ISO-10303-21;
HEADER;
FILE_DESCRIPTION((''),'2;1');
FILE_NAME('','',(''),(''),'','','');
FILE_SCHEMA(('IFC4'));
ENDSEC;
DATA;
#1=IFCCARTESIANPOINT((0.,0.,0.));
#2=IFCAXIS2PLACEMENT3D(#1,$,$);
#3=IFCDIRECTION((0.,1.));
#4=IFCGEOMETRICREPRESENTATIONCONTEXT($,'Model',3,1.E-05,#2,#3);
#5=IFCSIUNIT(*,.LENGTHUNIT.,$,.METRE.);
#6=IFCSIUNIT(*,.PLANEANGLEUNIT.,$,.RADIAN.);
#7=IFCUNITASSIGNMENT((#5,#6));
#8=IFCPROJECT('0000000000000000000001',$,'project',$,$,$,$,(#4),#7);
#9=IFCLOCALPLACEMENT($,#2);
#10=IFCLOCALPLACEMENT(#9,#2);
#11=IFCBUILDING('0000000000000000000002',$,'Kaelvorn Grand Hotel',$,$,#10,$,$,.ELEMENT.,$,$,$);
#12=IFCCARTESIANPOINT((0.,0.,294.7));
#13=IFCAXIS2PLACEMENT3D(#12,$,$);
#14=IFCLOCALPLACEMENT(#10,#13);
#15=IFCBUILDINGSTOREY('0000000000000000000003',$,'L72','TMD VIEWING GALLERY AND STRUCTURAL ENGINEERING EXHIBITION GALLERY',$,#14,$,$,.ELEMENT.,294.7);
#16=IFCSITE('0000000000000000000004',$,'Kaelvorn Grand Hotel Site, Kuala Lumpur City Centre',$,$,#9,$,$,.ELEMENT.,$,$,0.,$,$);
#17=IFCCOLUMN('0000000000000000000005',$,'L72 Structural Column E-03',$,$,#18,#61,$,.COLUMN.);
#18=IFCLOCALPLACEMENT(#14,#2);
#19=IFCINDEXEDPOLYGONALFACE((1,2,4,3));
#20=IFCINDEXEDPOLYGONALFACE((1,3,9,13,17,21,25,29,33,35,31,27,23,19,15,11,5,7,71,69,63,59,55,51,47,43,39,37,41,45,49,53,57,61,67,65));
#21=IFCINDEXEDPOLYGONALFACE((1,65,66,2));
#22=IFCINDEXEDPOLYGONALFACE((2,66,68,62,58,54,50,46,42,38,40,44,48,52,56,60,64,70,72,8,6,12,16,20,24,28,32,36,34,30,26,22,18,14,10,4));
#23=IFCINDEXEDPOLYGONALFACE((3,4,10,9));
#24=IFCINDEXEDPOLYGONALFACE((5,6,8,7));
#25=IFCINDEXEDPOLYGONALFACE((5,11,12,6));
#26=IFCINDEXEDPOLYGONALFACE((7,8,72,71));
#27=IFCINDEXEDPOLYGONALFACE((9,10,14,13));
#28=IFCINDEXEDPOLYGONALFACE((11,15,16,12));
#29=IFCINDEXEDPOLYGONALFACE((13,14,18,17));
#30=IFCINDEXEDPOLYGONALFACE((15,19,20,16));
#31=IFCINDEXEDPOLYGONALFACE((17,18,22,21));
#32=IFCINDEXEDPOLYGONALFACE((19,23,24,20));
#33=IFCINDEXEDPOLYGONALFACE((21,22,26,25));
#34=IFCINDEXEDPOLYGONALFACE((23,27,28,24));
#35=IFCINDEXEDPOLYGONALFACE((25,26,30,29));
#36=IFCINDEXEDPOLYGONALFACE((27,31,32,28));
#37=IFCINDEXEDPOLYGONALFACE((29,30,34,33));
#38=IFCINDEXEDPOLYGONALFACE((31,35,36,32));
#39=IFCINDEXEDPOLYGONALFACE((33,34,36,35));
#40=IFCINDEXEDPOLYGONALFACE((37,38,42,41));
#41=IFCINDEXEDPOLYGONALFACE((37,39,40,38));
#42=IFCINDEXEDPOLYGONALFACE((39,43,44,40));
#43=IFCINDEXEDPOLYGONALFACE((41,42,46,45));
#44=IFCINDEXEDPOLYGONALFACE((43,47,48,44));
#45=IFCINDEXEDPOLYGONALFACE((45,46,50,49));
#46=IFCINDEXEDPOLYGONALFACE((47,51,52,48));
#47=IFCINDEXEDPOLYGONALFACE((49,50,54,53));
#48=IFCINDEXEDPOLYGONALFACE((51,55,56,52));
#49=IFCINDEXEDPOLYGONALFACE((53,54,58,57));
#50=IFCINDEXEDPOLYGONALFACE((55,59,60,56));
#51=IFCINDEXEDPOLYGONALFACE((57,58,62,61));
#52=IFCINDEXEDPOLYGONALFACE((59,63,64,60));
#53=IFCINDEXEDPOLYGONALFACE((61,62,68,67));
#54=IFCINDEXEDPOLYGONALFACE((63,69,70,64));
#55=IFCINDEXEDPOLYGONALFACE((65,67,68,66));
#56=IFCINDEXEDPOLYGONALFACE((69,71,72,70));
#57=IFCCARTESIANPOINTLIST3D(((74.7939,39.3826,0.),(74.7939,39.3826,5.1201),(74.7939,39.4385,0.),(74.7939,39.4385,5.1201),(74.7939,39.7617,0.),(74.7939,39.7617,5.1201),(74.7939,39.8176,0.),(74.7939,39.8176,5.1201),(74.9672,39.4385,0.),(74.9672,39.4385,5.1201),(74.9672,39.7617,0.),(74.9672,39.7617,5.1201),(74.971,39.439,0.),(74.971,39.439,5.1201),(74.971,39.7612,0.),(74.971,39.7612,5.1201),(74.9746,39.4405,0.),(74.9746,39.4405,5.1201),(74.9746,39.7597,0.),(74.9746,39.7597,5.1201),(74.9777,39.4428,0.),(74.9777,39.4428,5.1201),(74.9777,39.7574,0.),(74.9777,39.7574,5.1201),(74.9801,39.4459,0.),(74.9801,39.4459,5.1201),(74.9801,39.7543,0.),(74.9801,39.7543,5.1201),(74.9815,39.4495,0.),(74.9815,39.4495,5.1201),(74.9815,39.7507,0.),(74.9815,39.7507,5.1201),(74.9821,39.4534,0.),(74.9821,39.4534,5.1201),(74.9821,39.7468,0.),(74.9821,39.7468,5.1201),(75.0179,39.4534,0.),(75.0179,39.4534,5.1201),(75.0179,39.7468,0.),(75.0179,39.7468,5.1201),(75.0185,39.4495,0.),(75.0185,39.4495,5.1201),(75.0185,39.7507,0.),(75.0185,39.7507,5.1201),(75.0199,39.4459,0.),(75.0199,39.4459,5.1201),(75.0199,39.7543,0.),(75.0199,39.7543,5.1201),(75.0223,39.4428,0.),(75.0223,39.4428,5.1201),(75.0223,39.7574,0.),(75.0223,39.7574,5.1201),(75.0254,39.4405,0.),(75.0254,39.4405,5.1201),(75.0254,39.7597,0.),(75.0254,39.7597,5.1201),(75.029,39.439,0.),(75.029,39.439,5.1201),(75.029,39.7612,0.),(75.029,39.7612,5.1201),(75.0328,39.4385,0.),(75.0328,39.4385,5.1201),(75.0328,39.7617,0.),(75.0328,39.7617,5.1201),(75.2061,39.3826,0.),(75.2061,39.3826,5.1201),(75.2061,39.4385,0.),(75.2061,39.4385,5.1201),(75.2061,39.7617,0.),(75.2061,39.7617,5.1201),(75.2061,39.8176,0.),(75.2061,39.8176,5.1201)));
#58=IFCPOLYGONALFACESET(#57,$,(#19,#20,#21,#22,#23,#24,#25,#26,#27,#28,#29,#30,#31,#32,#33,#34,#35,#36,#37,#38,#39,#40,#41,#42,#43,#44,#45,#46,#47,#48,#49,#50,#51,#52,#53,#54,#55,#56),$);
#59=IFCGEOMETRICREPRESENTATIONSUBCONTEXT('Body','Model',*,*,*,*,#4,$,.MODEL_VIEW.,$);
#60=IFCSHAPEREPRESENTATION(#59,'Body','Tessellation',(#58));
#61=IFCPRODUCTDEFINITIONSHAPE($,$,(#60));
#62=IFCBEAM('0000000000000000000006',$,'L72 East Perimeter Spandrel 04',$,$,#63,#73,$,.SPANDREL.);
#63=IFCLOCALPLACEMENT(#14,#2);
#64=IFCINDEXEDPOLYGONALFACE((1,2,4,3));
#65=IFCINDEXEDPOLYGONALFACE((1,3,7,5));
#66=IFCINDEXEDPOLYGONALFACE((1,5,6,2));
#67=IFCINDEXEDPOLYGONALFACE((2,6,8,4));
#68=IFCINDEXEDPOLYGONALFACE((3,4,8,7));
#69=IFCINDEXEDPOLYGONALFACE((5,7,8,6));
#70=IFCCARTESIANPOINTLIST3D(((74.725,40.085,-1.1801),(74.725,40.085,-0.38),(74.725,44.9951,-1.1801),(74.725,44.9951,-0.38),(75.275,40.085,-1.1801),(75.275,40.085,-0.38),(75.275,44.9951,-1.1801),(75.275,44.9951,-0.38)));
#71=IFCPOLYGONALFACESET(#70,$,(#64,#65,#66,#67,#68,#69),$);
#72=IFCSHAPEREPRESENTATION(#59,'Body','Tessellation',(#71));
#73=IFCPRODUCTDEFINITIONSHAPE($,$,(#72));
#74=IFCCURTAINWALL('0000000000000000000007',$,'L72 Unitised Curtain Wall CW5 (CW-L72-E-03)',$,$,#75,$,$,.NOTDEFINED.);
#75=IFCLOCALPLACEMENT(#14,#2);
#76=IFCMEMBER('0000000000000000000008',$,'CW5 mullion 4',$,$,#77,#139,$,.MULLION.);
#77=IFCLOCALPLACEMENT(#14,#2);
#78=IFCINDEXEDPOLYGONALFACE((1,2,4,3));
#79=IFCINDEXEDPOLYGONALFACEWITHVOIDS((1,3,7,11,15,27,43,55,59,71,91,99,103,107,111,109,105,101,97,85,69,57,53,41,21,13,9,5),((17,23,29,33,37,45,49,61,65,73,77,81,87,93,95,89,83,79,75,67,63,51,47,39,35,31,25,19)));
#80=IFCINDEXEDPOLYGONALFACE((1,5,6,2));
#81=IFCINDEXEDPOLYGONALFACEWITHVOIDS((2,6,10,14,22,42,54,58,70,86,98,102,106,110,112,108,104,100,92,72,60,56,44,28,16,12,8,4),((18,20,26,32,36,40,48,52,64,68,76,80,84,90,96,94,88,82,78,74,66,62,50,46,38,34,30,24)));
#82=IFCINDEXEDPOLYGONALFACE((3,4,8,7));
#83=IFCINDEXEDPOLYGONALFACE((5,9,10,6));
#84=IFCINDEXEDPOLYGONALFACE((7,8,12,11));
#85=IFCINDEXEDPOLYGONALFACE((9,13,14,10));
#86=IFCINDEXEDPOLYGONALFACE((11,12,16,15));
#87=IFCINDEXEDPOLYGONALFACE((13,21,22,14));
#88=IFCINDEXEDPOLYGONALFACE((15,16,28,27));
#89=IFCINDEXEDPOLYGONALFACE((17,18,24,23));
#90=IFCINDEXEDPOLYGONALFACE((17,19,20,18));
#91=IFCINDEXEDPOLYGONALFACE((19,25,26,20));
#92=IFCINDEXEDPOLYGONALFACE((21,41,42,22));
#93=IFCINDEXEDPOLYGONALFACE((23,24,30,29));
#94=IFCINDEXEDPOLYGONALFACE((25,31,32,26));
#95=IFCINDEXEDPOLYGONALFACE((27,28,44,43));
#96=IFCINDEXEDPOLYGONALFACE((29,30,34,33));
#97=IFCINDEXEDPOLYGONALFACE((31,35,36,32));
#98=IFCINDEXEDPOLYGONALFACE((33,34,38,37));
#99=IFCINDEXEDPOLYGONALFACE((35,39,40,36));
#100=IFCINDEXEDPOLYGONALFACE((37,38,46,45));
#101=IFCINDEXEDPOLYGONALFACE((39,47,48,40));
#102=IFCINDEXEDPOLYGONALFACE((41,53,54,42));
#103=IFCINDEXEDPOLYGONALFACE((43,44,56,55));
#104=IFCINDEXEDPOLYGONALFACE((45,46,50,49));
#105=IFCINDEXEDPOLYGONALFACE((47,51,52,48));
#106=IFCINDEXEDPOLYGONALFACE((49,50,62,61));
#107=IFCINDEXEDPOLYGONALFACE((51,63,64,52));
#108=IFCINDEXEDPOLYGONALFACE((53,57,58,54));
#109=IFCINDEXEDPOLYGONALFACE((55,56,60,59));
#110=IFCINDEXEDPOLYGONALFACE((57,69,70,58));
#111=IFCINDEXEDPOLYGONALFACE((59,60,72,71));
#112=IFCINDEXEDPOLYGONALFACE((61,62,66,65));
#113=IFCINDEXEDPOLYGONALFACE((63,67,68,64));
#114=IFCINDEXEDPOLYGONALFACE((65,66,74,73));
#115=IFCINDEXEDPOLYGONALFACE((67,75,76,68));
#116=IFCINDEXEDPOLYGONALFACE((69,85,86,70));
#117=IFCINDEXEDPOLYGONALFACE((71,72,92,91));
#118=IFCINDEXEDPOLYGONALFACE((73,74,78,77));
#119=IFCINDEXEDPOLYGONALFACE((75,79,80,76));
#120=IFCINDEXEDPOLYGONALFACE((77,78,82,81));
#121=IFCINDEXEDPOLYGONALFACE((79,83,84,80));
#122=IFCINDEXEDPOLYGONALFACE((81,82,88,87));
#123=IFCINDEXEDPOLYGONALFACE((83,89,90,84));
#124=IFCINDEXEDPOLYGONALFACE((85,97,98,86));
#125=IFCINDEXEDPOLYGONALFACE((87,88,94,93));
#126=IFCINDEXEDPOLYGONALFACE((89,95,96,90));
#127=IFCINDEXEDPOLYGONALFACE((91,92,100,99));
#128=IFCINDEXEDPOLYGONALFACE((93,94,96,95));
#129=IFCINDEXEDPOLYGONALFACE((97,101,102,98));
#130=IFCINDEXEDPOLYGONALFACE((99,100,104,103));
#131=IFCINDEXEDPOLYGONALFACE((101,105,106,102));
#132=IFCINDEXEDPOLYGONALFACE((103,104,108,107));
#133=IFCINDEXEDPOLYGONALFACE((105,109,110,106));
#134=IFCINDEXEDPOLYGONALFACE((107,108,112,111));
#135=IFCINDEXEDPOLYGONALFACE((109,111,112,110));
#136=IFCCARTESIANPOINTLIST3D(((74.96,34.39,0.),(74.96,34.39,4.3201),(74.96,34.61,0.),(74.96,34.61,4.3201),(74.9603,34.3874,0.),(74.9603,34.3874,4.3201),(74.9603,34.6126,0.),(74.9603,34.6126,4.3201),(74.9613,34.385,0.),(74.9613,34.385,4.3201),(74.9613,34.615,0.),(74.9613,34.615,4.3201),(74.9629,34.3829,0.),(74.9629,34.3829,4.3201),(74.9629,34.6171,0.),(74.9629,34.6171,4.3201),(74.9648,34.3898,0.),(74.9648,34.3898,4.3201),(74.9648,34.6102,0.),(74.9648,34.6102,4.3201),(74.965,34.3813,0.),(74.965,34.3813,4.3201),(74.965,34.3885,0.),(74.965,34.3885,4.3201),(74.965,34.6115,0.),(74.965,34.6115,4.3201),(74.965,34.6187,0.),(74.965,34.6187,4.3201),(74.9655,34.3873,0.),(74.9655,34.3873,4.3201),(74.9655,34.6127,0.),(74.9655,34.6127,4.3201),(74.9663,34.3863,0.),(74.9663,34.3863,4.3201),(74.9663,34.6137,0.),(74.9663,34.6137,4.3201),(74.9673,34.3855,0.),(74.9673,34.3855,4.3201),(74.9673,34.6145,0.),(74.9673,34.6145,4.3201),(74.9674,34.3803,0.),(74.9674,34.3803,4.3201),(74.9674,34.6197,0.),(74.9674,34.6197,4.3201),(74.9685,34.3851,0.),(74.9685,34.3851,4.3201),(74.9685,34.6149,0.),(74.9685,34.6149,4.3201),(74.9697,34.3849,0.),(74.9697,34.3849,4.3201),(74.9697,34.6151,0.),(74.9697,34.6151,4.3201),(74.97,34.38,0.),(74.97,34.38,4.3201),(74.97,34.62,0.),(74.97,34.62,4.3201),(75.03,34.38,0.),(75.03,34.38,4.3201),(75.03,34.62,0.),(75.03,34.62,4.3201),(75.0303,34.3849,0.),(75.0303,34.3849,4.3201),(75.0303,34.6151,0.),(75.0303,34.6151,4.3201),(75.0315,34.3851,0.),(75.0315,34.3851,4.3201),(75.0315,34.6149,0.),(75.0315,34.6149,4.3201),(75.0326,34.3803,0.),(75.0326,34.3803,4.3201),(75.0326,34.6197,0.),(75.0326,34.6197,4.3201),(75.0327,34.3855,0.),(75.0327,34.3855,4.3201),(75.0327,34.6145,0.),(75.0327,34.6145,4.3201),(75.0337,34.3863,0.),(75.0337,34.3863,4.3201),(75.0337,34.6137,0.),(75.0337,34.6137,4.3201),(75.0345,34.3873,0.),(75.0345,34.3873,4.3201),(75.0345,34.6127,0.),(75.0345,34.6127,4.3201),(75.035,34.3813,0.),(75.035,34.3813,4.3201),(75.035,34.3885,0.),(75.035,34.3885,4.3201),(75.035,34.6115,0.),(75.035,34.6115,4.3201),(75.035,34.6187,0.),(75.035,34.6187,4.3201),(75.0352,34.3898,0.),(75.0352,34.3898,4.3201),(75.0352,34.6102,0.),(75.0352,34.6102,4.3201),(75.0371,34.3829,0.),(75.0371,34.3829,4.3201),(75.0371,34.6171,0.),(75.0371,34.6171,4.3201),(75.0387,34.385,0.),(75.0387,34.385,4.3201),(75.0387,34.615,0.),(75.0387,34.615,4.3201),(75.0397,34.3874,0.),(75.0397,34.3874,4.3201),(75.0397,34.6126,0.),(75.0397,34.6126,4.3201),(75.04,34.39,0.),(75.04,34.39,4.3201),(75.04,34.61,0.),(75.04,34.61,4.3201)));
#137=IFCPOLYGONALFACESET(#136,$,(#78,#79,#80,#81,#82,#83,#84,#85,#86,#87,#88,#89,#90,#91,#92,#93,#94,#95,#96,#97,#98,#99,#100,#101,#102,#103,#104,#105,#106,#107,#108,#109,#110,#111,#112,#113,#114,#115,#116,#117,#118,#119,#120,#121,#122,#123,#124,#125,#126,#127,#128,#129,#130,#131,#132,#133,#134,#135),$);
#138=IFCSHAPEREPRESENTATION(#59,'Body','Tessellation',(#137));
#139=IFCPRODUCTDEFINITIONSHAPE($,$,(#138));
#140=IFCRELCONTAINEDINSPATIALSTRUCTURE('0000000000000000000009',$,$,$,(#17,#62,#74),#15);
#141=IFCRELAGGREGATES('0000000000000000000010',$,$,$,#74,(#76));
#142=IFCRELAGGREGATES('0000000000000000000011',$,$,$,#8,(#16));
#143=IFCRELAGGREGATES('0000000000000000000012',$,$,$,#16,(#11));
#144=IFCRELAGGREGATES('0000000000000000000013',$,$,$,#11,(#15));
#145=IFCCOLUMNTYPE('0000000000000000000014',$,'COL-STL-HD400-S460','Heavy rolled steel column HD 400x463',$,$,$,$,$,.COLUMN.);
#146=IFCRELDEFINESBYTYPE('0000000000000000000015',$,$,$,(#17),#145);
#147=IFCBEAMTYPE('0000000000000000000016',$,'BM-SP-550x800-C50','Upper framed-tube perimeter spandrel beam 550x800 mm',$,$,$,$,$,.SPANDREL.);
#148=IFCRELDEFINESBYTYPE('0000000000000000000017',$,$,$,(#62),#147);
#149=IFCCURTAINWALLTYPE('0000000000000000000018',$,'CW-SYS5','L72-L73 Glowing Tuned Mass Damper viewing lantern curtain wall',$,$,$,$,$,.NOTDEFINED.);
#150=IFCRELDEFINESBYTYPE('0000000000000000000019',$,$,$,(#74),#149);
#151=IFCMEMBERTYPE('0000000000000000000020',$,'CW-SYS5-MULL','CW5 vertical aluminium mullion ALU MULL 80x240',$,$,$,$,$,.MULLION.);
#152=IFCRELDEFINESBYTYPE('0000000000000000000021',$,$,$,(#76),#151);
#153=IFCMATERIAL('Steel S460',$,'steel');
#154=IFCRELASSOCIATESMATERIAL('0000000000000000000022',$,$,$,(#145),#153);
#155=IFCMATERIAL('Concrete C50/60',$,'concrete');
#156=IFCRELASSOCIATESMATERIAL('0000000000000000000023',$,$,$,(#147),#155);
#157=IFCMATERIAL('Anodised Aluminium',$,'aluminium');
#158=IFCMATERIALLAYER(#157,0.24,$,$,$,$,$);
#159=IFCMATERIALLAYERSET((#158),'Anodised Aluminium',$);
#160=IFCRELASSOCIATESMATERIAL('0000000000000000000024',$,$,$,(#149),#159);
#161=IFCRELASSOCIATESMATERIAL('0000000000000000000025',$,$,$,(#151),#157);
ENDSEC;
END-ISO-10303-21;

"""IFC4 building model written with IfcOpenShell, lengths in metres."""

from ifc_helpers import new_model, si_unit, direction, frame, origin, origin_2d, place, context, subcontext, project, spatial, rectangle, hollow_rectangle, i_section, extrude, material, layer, layer_set, material_profile, profile_set, type_object, element, aggregate, save


model = new_model("IFC4")

# Units and contexts
model_context = context("Model", 3, precision=1e-05, world=origin(), true_north=direction((0.0, 1.0)))
body_context = subcontext(model_context, "Body", "Model", "MODEL_VIEW")
ifc_project = project(units=[si_unit("LENGTHUNIT", "METRE"), si_unit("PLANEANGLEUNIT", "RADIAN")], contexts=[model_context])

# Site, building, storey
site_placement = place(None, origin())
site = spatial("IfcSite", under=ifc_project, at=site_placement, Name="Kaelvorn Grand Hotel Site, Kuala Lumpur City Centre", CompositionType="ELEMENT", RefElevation=0.0)
building_placement = place(site_placement, origin())
building = spatial("IfcBuilding", under=site, at=building_placement, Name="Kaelvorn Grand Hotel", CompositionType="ELEMENT")
storey_placement = place(building_placement, frame((0.0, 0.0, 294.7)))
storey = spatial("IfcBuildingStorey", under=building, at=storey_placement, Name="L72", Description="TMD VIEWING GALLERY AND STRUCTURAL ENGINEERING EXHIBITION GALLERY", CompositionType="ELEMENT", Elevation=294.7)

# Column
ifc_material_1 = material(Name="Steel S460", Category="steel")
ifc_material_profile_1 = material_profile(ifc_material_1, i_section(OverallWidth=0.4121, OverallDepth=0.4351, WebThickness=0.0359, FlangeThickness=0.0559, FilletRadius=0.0149, at=origin_2d()), Name="HD 400x463")
ifc_profile_set_1 = profile_set([ifc_material_profile_1], Name="Steel S460")
column_type = type_object("IfcColumnType", Name="COL-STL-HD400-S460", Description="Heavy rolled steel column HD 400x463", PredefinedType="COLUMN", material=ifc_profile_set_1)
column_placement = place(storey_placement, frame((75.0, 39.6001, 0.0), z_axis=(0.0, 0.0, 1.0), x_axis=(1.0, 0.0, 0.0)))
element("IfcColumn", 1, at=column_placement, inside=storey, type_object=column_type, Name="L72 Structural Column E-03", PredefinedType="COLUMN", context=body_context, shape_type="SweptSolid", body=[
    extrude(i_section(OverallWidth=0.4121, OverallDepth=0.4351, WebThickness=0.0359, FlangeThickness=0.0559, FilletRadius=0.0149, at=origin_2d()), origin(), (0.0, 0.0, 1.0), 5.1201),
])

# Beam
ifc_material_2 = material(Name="Concrete C50/60", Category="concrete")
ifc_material_profile_2 = material_profile(ifc_material_2, rectangle(XDim=0.55, YDim=0.8, at=origin_2d()), Name="RC SPANDREL 550x800")
ifc_profile_set_2 = profile_set([ifc_material_profile_2], Name="Concrete C50/60")
beam_type = type_object("IfcBeamType", Name="BM-SP-550x800-C50", Description="Upper framed-tube perimeter spandrel beam 550x800 mm", PredefinedType="SPANDREL", material=ifc_profile_set_2)
beam_placement = place(storey_placement, frame((75.0, 40.085, -0.78), z_axis=(0.0, 1.0, 0.0), x_axis=(-1.0, 0.0, 0.0)))
element("IfcBeam", 2, at=beam_placement, inside=storey, type_object=beam_type, Name="L72 East Perimeter Spandrel 04", PredefinedType="SPANDREL", context=body_context, shape_type="SweptSolid", body=[
    extrude(rectangle(XDim=0.55, YDim=0.8, at=origin_2d()), origin(), (0.0, 0.0, 1.0), 4.9102),
])

# Curtain wall, member
ifc_material_3 = material(Name="Anodised Aluminium", Category="aluminium")
ifc_layer_1 = layer(ifc_material_3, 0.24)
ifc_layer_set_1 = layer_set([ifc_layer_1], Name="Anodised Aluminium")
curtain_wall_type = type_object("IfcCurtainWallType", Name="CW-SYS5", Description="L72-L73 Glowing Tuned Mass Damper viewing lantern curtain wall", PredefinedType="NOTDEFINED", material=ifc_layer_set_1)
curtain_wall_placement = place(storey_placement, origin())
curtain_wall = element("IfcCurtainWall", 3, at=curtain_wall_placement, inside=storey, type_object=curtain_wall_type, Name="L72 Unitised Curtain Wall CW5 (CW-L72-E-03)", PredefinedType="NOTDEFINED")
ifc_material_profile_3 = material_profile(ifc_material_3, hollow_rectangle(XDim=0.0801, YDim=0.24, WallThickness=0.0049, InnerFilletRadius=0.0049, OuterFilletRadius=0.01, at=origin_2d()), Name="ALU MULL 80x240")
ifc_profile_set_3 = profile_set([ifc_material_profile_3], Name="Anodised Aluminium")
member_type_1 = type_object("IfcMemberType", Name="CW-SYS5-MULL", Description="CW5 vertical aluminium mullion ALU MULL 80x240", PredefinedType="MULLION", material=ifc_profile_set_3)
member_1_placement = place(storey_placement, frame((75.0, 34.5, 0.0), z_axis=(0.0, 0.0, 1.0), x_axis=(-1.0, 0.0, 0.0)))
member_1 = element("IfcMember", 4, at=member_1_placement, type_object=member_type_1, Name="CW5 mullion 4", PredefinedType="MULLION", context=body_context, shape_type="SweptSolid", body=[
    extrude(hollow_rectangle(XDim=0.0801, YDim=0.24, WallThickness=0.0049, InnerFilletRadius=0.0049, OuterFilletRadius=0.01, at=origin_2d()), origin(), (0.0, 0.0, 1.0), 4.3201),
])
aggregate(curtain_wall, [member_1])

save(model, "model.ifc")
